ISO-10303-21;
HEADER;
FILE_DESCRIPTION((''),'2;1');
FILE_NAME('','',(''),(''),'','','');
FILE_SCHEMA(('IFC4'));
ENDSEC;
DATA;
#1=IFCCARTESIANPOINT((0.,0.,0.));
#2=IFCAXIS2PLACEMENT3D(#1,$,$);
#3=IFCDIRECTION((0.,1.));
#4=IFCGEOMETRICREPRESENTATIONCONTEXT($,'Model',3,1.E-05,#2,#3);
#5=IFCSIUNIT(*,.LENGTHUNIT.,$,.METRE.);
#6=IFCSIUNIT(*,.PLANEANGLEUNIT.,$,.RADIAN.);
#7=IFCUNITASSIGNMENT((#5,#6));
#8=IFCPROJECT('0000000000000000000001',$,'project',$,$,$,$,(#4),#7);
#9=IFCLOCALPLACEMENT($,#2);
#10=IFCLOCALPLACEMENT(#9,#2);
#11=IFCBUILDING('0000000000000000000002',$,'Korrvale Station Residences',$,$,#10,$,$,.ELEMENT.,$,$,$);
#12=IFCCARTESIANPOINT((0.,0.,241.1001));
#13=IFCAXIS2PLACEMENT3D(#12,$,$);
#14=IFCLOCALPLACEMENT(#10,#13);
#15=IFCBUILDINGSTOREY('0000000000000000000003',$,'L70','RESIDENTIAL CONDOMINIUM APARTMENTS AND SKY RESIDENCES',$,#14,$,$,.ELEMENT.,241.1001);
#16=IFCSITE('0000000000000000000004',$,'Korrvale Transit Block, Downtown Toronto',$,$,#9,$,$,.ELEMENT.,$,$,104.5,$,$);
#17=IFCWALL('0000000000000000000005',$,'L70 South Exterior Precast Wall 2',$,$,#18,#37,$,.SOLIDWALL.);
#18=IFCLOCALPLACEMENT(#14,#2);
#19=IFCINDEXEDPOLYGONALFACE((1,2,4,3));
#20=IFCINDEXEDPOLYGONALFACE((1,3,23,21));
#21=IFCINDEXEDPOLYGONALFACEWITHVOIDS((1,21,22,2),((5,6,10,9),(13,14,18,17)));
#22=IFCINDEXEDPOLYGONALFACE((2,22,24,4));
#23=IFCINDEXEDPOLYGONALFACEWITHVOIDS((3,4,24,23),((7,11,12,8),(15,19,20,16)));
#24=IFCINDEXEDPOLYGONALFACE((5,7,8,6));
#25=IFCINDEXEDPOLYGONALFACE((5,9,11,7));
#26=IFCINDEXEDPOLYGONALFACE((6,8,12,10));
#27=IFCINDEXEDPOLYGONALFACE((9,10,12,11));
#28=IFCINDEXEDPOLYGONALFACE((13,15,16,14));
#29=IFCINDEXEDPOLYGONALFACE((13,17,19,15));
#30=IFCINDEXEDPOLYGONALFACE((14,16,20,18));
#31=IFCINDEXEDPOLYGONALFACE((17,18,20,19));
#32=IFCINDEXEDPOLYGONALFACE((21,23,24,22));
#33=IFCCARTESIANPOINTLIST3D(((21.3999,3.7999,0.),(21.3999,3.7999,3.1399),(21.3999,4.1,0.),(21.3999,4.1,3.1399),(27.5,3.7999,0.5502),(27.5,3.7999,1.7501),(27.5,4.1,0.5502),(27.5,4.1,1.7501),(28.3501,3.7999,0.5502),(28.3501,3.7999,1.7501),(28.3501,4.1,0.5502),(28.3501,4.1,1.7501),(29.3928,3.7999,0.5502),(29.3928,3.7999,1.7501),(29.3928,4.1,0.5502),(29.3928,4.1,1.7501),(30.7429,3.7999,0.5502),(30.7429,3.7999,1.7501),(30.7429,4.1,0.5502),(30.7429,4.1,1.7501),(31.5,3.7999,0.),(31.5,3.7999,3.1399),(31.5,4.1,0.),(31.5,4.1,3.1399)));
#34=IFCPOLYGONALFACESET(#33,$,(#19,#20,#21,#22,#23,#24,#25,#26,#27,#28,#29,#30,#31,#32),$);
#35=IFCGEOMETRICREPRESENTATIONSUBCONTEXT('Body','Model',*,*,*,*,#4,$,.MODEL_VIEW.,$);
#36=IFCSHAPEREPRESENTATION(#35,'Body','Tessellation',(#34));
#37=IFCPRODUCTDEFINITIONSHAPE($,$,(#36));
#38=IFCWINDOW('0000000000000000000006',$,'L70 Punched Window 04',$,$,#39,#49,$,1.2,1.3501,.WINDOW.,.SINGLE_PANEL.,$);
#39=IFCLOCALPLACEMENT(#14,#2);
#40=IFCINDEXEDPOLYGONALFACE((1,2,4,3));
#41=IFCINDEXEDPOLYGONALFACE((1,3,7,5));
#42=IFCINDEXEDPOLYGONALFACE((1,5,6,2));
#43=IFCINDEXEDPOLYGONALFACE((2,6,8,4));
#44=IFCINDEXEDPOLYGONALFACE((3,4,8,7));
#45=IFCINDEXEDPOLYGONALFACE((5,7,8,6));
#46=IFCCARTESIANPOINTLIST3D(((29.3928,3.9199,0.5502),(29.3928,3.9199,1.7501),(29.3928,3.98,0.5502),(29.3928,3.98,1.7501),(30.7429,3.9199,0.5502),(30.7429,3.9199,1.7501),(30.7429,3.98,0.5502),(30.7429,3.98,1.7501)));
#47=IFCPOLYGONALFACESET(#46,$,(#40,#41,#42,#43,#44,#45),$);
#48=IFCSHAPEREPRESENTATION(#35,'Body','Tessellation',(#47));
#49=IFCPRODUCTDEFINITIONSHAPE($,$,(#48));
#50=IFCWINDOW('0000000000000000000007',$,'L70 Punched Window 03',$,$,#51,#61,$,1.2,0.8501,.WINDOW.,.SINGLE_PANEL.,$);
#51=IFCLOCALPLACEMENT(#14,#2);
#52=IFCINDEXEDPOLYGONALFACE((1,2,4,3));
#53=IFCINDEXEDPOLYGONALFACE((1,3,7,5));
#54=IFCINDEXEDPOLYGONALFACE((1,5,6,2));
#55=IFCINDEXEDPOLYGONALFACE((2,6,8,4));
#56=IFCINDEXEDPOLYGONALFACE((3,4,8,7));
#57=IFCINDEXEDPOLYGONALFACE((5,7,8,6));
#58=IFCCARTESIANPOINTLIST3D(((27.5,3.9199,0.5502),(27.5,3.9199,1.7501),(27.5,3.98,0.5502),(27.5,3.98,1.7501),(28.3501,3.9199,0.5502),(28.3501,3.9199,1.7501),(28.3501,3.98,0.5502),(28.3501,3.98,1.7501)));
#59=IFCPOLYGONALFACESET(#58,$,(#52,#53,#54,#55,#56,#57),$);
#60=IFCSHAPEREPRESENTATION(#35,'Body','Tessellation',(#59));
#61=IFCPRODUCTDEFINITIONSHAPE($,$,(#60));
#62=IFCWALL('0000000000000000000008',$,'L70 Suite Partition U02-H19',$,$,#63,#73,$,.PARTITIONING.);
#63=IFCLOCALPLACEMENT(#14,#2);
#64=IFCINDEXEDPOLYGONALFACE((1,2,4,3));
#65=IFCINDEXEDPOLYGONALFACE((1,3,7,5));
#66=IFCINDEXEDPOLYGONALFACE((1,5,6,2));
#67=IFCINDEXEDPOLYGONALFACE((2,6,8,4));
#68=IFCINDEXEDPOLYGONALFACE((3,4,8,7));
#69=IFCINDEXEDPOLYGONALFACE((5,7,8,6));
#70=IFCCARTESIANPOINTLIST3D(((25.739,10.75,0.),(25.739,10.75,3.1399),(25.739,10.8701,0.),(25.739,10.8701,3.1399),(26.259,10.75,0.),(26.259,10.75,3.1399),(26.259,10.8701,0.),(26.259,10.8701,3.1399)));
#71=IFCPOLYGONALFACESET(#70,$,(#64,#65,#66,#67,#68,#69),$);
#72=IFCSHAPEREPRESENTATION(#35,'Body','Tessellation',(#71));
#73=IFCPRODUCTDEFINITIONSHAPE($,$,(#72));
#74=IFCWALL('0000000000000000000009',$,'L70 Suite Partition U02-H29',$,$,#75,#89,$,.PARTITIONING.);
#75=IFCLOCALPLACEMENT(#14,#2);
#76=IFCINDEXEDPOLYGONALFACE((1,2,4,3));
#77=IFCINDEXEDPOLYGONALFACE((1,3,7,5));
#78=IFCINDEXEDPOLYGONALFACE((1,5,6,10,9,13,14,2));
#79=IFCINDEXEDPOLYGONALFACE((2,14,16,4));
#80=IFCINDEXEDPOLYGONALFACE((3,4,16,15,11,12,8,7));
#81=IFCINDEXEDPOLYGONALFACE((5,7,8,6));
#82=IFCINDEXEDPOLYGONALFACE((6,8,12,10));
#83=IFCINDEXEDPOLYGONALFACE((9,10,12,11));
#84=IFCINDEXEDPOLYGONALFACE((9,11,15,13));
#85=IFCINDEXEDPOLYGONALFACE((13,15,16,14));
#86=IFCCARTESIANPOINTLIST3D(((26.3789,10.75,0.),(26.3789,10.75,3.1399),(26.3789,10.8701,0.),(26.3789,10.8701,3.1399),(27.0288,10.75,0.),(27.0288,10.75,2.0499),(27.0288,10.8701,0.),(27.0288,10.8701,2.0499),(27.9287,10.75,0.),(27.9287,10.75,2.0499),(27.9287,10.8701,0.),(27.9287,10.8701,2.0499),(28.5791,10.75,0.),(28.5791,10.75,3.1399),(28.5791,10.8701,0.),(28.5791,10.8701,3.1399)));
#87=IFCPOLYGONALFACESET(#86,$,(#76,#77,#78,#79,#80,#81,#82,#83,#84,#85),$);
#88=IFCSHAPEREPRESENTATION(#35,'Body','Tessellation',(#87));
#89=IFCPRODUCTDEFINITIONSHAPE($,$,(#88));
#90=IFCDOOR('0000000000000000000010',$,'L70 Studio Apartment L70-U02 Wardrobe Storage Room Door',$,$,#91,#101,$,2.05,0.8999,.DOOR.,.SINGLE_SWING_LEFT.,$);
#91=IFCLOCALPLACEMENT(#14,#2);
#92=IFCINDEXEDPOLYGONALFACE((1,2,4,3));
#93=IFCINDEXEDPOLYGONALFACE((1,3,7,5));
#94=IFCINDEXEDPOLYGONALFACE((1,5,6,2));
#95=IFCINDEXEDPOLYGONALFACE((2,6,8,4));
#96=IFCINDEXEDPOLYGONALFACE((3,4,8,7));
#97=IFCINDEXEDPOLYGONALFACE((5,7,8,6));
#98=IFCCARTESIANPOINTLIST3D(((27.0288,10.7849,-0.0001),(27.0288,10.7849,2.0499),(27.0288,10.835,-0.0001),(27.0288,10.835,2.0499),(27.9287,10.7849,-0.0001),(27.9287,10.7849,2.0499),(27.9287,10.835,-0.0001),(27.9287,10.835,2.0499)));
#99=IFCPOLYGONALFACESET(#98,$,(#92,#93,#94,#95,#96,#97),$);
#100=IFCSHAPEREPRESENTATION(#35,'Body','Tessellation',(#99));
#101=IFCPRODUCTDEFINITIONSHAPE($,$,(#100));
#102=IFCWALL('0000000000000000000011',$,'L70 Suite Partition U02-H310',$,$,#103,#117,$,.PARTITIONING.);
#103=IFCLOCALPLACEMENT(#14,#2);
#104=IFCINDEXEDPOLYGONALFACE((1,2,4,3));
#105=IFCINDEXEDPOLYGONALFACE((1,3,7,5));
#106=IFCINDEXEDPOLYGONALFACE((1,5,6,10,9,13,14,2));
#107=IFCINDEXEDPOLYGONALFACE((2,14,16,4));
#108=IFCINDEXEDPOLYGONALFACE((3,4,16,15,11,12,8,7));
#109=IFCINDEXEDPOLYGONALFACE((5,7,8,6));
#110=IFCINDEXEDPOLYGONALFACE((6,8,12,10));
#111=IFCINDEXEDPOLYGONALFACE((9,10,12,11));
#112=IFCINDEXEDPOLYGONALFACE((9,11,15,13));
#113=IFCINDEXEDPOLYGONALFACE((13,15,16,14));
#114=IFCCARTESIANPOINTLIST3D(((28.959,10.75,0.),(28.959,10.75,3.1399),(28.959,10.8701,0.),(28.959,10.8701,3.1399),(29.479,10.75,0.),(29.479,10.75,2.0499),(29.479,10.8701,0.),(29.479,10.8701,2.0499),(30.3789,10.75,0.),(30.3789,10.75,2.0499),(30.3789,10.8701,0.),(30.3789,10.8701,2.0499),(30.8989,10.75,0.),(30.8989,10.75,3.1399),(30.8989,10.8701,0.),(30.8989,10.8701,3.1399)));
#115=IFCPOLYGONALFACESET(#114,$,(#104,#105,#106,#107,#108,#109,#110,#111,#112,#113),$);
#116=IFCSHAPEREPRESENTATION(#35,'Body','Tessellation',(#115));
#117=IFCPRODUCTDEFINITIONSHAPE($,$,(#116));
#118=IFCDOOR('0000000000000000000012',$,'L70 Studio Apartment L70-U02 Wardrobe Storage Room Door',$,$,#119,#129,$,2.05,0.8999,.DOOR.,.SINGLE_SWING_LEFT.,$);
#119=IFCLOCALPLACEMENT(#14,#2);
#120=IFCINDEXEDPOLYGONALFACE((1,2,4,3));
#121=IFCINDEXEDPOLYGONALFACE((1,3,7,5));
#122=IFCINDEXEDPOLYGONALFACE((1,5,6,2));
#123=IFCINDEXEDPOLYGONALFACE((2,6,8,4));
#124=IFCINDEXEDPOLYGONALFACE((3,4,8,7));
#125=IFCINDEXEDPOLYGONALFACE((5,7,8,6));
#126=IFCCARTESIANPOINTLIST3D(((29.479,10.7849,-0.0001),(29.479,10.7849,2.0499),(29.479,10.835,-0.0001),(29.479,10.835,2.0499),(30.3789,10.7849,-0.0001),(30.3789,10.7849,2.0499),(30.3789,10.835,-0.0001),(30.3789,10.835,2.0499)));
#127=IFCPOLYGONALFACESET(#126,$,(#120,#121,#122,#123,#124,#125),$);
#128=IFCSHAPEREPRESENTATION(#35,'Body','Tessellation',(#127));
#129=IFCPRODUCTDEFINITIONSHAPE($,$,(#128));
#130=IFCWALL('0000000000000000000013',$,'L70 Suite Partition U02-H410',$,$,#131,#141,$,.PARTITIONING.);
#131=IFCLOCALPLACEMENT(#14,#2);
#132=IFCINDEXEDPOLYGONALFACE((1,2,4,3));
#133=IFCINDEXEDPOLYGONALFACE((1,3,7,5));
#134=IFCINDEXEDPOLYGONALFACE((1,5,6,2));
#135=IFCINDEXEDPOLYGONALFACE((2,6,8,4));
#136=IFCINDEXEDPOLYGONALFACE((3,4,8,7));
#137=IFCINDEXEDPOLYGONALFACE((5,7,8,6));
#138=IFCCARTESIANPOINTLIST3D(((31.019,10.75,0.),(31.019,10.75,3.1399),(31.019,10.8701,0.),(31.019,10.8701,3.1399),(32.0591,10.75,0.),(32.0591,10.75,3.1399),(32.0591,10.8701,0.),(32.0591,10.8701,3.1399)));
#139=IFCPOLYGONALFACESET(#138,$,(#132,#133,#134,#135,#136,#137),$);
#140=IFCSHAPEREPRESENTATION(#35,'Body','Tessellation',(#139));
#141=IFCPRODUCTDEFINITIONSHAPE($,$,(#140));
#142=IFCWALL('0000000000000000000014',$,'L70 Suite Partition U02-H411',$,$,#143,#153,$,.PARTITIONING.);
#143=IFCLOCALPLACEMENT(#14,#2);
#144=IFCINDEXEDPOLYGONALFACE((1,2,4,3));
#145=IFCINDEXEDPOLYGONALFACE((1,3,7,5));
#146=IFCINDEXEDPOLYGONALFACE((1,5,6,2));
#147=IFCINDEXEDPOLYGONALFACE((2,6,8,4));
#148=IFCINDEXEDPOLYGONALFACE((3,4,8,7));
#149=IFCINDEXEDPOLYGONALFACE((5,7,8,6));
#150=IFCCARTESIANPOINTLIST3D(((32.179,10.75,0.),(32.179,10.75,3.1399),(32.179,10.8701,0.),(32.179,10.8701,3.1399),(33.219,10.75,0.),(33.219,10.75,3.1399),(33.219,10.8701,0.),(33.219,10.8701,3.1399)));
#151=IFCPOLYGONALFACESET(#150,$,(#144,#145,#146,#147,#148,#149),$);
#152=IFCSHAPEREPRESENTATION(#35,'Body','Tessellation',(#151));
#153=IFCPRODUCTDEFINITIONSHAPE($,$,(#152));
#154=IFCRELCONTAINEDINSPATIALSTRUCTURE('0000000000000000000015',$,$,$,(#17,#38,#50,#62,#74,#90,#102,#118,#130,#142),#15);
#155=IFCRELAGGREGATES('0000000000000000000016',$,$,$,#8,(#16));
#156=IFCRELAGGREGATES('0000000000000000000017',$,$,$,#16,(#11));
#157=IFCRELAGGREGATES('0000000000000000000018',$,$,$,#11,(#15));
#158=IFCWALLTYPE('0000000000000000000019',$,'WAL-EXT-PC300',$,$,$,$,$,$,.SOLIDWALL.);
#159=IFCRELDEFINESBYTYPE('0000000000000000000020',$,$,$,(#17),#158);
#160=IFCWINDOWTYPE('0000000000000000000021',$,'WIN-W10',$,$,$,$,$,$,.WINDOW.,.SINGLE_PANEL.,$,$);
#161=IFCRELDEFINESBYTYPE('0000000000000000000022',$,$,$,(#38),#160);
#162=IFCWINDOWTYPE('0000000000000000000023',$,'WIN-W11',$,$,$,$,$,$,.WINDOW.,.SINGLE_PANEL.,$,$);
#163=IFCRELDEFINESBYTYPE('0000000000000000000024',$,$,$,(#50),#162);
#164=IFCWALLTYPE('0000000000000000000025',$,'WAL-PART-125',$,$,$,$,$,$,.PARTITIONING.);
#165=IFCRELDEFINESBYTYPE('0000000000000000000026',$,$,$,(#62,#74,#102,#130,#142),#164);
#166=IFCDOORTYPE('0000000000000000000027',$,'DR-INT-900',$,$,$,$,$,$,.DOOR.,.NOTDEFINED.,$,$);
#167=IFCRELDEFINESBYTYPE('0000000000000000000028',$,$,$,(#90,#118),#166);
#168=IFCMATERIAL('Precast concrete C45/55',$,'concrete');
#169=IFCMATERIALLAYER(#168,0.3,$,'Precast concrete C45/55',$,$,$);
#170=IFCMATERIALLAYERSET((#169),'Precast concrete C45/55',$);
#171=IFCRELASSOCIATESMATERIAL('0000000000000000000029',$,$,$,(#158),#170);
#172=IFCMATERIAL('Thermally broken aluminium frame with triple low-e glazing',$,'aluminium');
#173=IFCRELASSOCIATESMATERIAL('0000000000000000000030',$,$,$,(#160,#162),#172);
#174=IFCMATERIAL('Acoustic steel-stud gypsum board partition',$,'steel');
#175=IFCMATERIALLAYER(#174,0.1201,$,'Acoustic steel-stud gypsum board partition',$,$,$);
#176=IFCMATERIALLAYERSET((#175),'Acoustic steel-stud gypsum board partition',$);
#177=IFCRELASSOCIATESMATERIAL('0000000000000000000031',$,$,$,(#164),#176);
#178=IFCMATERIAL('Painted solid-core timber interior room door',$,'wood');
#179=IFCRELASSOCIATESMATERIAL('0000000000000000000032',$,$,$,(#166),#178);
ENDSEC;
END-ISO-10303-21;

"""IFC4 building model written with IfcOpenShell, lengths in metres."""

from ifc_helpers import new_model, si_unit, direction, frame, frame_2d, origin, place, context, subcontext, project, spatial, rectangle, extrude, material, layer, layer_set, type_object, element, fill, save


model = new_model("IFC4")

# Units and contexts
model_context = context("Model", 3, precision=1e-05, world=origin(), true_north=direction((0.0, 1.0)))
body_context = subcontext(model_context, "Body", "Model", "MODEL_VIEW")
ifc_project = project(units=[si_unit("LENGTHUNIT", "METRE"), si_unit("PLANEANGLEUNIT", "RADIAN")], contexts=[model_context])

# Site, building, storey
site_placement = place(None, origin())
site = spatial("IfcSite", under=ifc_project, at=site_placement, Name="Korrvale Transit Block, Downtown Toronto", CompositionType="ELEMENT", RefElevation=104.5)
building_placement = place(site_placement, origin())
building = spatial("IfcBuilding", under=site, at=building_placement, Name="Korrvale Station Residences", CompositionType="ELEMENT")
storey_placement = place(building_placement, frame((0.0, 0.0, 241.1001)))
storey = spatial("IfcBuildingStorey", under=building, at=storey_placement, Name="L70", Description="RESIDENTIAL CONDOMINIUM APARTMENTS AND SKY RESIDENCES", CompositionType="ELEMENT", Elevation=241.1001)

# Shared definitions
ifc_material_1 = material(Name="Precast concrete C45/55", Category="concrete")

# Wall, openings, windows
ifc_layer_1 = layer(ifc_material_1, 0.3, Name="Precast concrete C45/55")
ifc_layer_set_1 = layer_set([ifc_layer_1], Name="Precast concrete C45/55")
wall_type_1 = type_object("IfcWallType", Name="WAL-EXT-PC300", PredefinedType="SOLIDWALL", material=ifc_layer_set_1)
wall_1_placement = place(storey_placement, frame((31.5, 3.95, 0.0), z_axis=(0.0, 0.0, 1.0), x_axis=(-1.0, 0.0, 0.0)))
wall_1 = element("IfcWall", 1, at=wall_1_placement, inside=storey, type_object=wall_type_1, Name="L70 South Exterior Precast Wall 2", PredefinedType="SOLIDWALL", context=body_context, shape_type="SweptSolid", body=[
    extrude(rectangle(XDim=10.1001, YDim=0.3, at=frame_2d((5.05, 0.0))), origin(), (0.0, 0.0, 1.0), 3.1399),
])
opening_1_placement = place(wall_1_placement, frame((3.1499, 0.0, 0.55)))
opening_1 = element("IfcOpeningElement", 2, at=opening_1_placement, cuts=wall_1, PredefinedType="OPENING", context=body_context, shape_type="SweptSolid", body=[
    extrude(rectangle(XDim=0.8501, YDim=1.2, at=frame_2d((0.425, 0.6001))), frame((0.0, 0.1602, 0.0), z_axis=(0.0, -1.0, 0.0), x_axis=(1.0, 0.0, 0.0)), (0.0, 0.0, 1.0), 0.3201),
])
opening_2_placement = place(wall_1_placement, frame((0.7571, 0.0, 0.55)))
opening_2 = element("IfcOpeningElement", 3, at=opening_2_placement, cuts=wall_1, PredefinedType="OPENING", context=body_context, shape_type="SweptSolid", body=[
    extrude(rectangle(XDim=1.3501, YDim=1.2, at=frame_2d((0.675, 0.6001))), frame((0.0, 0.1602, 0.0), z_axis=(0.0, -1.0, 0.0), x_axis=(1.0, 0.0, 0.0)), (0.0, 0.0, 1.0), 0.3201),
])
ifc_material_2 = material(Name="Thermally broken aluminium frame with triple low-e glazing", Category="aluminium")
window_type_1 = type_object("IfcWindowType", Name="WIN-W10", PartitioningType="SINGLE_PANEL", PredefinedType="WINDOW", material=ifc_material_2)
window_1_placement = place(opening_2_placement, origin())
window_1 = element("IfcWindow", 4, at=window_1_placement, inside=storey, type_object=window_type_1, Name="L70 Punched Window 04", OverallHeight=1.2, OverallWidth=1.3501, PartitioningType="SINGLE_PANEL", PredefinedType="WINDOW", context=body_context, shape_type="SweptSolid", body=[
    extrude(rectangle(XDim=1.3501, YDim=1.2, at=frame_2d((0.675, 0.6001))), frame((0.0, 0.03, 0.0), z_axis=(0.0, -1.0, 0.0), x_axis=(1.0, 0.0, 0.0)), (0.0, 0.0, 1.0), 0.0601),
])
fill(opening_2, window_1)
window_type_2 = type_object("IfcWindowType", Name="WIN-W11", PartitioningType="SINGLE_PANEL", PredefinedType="WINDOW", material=ifc_material_2)
window_2_placement = place(opening_1_placement, origin())
window_2 = element("IfcWindow", 5, at=window_2_placement, inside=storey, type_object=window_type_2, Name="L70 Punched Window 03", OverallHeight=1.2, OverallWidth=0.8501, PartitioningType="SINGLE_PANEL", PredefinedType="WINDOW", context=body_context, shape_type="SweptSolid", body=[
    extrude(rectangle(XDim=0.8501, YDim=1.2, at=frame_2d((0.425, 0.6001))), frame((0.0, 0.03, 0.0), z_axis=(0.0, -1.0, 0.0), x_axis=(1.0, 0.0, 0.0)), (0.0, 0.0, 1.0), 0.0601),
])
fill(opening_1, window_2)

# Wall
ifc_material_3 = material(Name="Acoustic steel-stud gypsum board partition", Category="steel")
ifc_layer_2 = layer(ifc_material_3, 0.1201, Name="Acoustic steel-stud gypsum board partition")
ifc_layer_set_2 = layer_set([ifc_layer_2], Name="Acoustic steel-stud gypsum board partition")
wall_type_2 = type_object("IfcWallType", Name="WAL-PART-125", PredefinedType="PARTITIONING", material=ifc_layer_set_2)
wall_2_placement = place(storey_placement, frame((25.739, 10.8101, 0.0), z_axis=(0.0, 0.0, 1.0), x_axis=(1.0, 0.0, 0.0)))
element("IfcWall", 6, at=wall_2_placement, inside=storey, type_object=wall_type_2, Name="L70 Suite Partition U02-H19", PredefinedType="PARTITIONING", context=body_context, shape_type="SweptSolid", body=[
    extrude(rectangle(XDim=0.52, YDim=0.1201, at=frame_2d((0.26, 0.0))), origin(), (0.0, 0.0, 1.0), 3.1399),
])

# Walls, openings, doors
wall_3_placement = place(storey_placement, frame((26.3789, 10.8101, 0.0), z_axis=(0.0, 0.0, 1.0), x_axis=(1.0, 0.0, 0.0)))
wall_3 = element("IfcWall", 7, at=wall_3_placement, inside=storey, type_object=wall_type_2, Name="L70 Suite Partition U02-H29", PredefinedType="PARTITIONING", context=body_context, shape_type="SweptSolid", body=[
    extrude(rectangle(XDim=2.2002, YDim=0.1201, at=frame_2d((1.1001, 0.0))), origin(), (0.0, 0.0, 1.0), 3.1399),
])
opening_3_placement = place(wall_3_placement, frame((0.6499, 0.0, 0.0)))
opening_3 = element("IfcOpeningElement", 8, at=opening_3_placement, cuts=wall_3, PredefinedType="OPENING", context=body_context, shape_type="SweptSolid", body=[
    extrude(rectangle(XDim=0.8999, YDim=2.05, at=frame_2d((0.45, 1.0249))), frame((0.0, 0.0701, 0.0), z_axis=(0.0, -1.0, 0.0), x_axis=(1.0, 0.0, 0.0)), (0.0, 0.0, 1.0), 0.1401),
])
ifc_material_4 = material(Name="Painted solid-core timber interior room door", Category="wood")
door_type = type_object("IfcDoorType", Name="DR-INT-900", OperationType="NOTDEFINED", PredefinedType="DOOR", material=ifc_material_4)
door_1_placement = place(opening_3_placement, origin())
door_1 = element("IfcDoor", 9, at=door_1_placement, inside=storey, type_object=door_type, Name="L70 Studio Apartment L70-U02 Wardrobe Storage Room Door", OperationType="SINGLE_SWING_LEFT", OverallHeight=2.05, OverallWidth=0.8999, PredefinedType="DOOR", context=body_context, shape_type="SweptSolid", body=[
    extrude(rectangle(XDim=0.8999, YDim=2.05, at=frame_2d((0.45, 1.0249))), frame((0.0, 0.0249, 0.0), z_axis=(0.0, -1.0, 0.0), x_axis=(1.0, 0.0, 0.0)), (0.0, 0.0, 1.0), 0.05),
])
fill(opening_3, door_1)
wall_4_placement = place(storey_placement, frame((28.959, 10.8101, 0.0), z_axis=(0.0, 0.0, 1.0), x_axis=(1.0, 0.0, 0.0)))
wall_4 = element("IfcWall", 10, at=wall_4_placement, inside=storey, type_object=wall_type_2, Name="L70 Suite Partition U02-H310", PredefinedType="PARTITIONING", context=body_context, shape_type="SweptSolid", body=[
    extrude(rectangle(XDim=1.9399, YDim=0.1201, at=frame_2d((0.97, 0.0))), origin(), (0.0, 0.0, 1.0), 3.1399),
])
opening_4_placement = place(wall_4_placement, frame((0.52, 0.0, 0.0)))
opening_4 = element("IfcOpeningElement", 11, at=opening_4_placement, cuts=wall_4, PredefinedType="OPENING", context=body_context, shape_type="SweptSolid", body=[
    extrude(rectangle(XDim=0.8999, YDim=2.05, at=frame_2d((0.45, 1.0249))), frame((0.0, 0.0701, 0.0), z_axis=(0.0, -1.0, 0.0), x_axis=(1.0, 0.0, 0.0)), (0.0, 0.0, 1.0), 0.1401),
])
door_2_placement = place(opening_4_placement, origin())
door_2 = element("IfcDoor", 12, at=door_2_placement, inside=storey, type_object=door_type, Name="L70 Studio Apartment L70-U02 Wardrobe Storage Room Door", OperationType="SINGLE_SWING_LEFT", OverallHeight=2.05, OverallWidth=0.8999, PredefinedType="DOOR", context=body_context, shape_type="SweptSolid", body=[
    extrude(rectangle(XDim=0.8999, YDim=2.05, at=frame_2d((0.45, 1.0249))), frame((0.0, 0.0249, 0.0), z_axis=(0.0, -1.0, 0.0), x_axis=(1.0, 0.0, 0.0)), (0.0, 0.0, 1.0), 0.05),
])
fill(opening_4, door_2)

# Walls
for number, where, z_axis, x_axis, name in (
    (13, (31.019, 10.8101, 0.0), (0.0, 0.0, 1.0), (1.0, 0.0, 0.0), "L70 Suite Partition U02-H410"),
    (14, (32.179, 10.8101, 0.0), (0.0, 0.0, 1.0), (1.0, 0.0, 0.0), "L70 Suite Partition U02-H411"),
):
    element("IfcWall", number, at=place(storey_placement, frame(where, z_axis=z_axis, x_axis=x_axis)), inside=storey, type_object=wall_type_2, Name=name, PredefinedType="PARTITIONING", context=body_context, shape_type="SweptSolid", body=[
        extrude(rectangle(XDim=1.04, YDim=0.1201, at=frame_2d((0.52, 0.0))), origin(), (0.0, 0.0, 1.0), 3.1399),
    ])

save(model, "model.ifc")
